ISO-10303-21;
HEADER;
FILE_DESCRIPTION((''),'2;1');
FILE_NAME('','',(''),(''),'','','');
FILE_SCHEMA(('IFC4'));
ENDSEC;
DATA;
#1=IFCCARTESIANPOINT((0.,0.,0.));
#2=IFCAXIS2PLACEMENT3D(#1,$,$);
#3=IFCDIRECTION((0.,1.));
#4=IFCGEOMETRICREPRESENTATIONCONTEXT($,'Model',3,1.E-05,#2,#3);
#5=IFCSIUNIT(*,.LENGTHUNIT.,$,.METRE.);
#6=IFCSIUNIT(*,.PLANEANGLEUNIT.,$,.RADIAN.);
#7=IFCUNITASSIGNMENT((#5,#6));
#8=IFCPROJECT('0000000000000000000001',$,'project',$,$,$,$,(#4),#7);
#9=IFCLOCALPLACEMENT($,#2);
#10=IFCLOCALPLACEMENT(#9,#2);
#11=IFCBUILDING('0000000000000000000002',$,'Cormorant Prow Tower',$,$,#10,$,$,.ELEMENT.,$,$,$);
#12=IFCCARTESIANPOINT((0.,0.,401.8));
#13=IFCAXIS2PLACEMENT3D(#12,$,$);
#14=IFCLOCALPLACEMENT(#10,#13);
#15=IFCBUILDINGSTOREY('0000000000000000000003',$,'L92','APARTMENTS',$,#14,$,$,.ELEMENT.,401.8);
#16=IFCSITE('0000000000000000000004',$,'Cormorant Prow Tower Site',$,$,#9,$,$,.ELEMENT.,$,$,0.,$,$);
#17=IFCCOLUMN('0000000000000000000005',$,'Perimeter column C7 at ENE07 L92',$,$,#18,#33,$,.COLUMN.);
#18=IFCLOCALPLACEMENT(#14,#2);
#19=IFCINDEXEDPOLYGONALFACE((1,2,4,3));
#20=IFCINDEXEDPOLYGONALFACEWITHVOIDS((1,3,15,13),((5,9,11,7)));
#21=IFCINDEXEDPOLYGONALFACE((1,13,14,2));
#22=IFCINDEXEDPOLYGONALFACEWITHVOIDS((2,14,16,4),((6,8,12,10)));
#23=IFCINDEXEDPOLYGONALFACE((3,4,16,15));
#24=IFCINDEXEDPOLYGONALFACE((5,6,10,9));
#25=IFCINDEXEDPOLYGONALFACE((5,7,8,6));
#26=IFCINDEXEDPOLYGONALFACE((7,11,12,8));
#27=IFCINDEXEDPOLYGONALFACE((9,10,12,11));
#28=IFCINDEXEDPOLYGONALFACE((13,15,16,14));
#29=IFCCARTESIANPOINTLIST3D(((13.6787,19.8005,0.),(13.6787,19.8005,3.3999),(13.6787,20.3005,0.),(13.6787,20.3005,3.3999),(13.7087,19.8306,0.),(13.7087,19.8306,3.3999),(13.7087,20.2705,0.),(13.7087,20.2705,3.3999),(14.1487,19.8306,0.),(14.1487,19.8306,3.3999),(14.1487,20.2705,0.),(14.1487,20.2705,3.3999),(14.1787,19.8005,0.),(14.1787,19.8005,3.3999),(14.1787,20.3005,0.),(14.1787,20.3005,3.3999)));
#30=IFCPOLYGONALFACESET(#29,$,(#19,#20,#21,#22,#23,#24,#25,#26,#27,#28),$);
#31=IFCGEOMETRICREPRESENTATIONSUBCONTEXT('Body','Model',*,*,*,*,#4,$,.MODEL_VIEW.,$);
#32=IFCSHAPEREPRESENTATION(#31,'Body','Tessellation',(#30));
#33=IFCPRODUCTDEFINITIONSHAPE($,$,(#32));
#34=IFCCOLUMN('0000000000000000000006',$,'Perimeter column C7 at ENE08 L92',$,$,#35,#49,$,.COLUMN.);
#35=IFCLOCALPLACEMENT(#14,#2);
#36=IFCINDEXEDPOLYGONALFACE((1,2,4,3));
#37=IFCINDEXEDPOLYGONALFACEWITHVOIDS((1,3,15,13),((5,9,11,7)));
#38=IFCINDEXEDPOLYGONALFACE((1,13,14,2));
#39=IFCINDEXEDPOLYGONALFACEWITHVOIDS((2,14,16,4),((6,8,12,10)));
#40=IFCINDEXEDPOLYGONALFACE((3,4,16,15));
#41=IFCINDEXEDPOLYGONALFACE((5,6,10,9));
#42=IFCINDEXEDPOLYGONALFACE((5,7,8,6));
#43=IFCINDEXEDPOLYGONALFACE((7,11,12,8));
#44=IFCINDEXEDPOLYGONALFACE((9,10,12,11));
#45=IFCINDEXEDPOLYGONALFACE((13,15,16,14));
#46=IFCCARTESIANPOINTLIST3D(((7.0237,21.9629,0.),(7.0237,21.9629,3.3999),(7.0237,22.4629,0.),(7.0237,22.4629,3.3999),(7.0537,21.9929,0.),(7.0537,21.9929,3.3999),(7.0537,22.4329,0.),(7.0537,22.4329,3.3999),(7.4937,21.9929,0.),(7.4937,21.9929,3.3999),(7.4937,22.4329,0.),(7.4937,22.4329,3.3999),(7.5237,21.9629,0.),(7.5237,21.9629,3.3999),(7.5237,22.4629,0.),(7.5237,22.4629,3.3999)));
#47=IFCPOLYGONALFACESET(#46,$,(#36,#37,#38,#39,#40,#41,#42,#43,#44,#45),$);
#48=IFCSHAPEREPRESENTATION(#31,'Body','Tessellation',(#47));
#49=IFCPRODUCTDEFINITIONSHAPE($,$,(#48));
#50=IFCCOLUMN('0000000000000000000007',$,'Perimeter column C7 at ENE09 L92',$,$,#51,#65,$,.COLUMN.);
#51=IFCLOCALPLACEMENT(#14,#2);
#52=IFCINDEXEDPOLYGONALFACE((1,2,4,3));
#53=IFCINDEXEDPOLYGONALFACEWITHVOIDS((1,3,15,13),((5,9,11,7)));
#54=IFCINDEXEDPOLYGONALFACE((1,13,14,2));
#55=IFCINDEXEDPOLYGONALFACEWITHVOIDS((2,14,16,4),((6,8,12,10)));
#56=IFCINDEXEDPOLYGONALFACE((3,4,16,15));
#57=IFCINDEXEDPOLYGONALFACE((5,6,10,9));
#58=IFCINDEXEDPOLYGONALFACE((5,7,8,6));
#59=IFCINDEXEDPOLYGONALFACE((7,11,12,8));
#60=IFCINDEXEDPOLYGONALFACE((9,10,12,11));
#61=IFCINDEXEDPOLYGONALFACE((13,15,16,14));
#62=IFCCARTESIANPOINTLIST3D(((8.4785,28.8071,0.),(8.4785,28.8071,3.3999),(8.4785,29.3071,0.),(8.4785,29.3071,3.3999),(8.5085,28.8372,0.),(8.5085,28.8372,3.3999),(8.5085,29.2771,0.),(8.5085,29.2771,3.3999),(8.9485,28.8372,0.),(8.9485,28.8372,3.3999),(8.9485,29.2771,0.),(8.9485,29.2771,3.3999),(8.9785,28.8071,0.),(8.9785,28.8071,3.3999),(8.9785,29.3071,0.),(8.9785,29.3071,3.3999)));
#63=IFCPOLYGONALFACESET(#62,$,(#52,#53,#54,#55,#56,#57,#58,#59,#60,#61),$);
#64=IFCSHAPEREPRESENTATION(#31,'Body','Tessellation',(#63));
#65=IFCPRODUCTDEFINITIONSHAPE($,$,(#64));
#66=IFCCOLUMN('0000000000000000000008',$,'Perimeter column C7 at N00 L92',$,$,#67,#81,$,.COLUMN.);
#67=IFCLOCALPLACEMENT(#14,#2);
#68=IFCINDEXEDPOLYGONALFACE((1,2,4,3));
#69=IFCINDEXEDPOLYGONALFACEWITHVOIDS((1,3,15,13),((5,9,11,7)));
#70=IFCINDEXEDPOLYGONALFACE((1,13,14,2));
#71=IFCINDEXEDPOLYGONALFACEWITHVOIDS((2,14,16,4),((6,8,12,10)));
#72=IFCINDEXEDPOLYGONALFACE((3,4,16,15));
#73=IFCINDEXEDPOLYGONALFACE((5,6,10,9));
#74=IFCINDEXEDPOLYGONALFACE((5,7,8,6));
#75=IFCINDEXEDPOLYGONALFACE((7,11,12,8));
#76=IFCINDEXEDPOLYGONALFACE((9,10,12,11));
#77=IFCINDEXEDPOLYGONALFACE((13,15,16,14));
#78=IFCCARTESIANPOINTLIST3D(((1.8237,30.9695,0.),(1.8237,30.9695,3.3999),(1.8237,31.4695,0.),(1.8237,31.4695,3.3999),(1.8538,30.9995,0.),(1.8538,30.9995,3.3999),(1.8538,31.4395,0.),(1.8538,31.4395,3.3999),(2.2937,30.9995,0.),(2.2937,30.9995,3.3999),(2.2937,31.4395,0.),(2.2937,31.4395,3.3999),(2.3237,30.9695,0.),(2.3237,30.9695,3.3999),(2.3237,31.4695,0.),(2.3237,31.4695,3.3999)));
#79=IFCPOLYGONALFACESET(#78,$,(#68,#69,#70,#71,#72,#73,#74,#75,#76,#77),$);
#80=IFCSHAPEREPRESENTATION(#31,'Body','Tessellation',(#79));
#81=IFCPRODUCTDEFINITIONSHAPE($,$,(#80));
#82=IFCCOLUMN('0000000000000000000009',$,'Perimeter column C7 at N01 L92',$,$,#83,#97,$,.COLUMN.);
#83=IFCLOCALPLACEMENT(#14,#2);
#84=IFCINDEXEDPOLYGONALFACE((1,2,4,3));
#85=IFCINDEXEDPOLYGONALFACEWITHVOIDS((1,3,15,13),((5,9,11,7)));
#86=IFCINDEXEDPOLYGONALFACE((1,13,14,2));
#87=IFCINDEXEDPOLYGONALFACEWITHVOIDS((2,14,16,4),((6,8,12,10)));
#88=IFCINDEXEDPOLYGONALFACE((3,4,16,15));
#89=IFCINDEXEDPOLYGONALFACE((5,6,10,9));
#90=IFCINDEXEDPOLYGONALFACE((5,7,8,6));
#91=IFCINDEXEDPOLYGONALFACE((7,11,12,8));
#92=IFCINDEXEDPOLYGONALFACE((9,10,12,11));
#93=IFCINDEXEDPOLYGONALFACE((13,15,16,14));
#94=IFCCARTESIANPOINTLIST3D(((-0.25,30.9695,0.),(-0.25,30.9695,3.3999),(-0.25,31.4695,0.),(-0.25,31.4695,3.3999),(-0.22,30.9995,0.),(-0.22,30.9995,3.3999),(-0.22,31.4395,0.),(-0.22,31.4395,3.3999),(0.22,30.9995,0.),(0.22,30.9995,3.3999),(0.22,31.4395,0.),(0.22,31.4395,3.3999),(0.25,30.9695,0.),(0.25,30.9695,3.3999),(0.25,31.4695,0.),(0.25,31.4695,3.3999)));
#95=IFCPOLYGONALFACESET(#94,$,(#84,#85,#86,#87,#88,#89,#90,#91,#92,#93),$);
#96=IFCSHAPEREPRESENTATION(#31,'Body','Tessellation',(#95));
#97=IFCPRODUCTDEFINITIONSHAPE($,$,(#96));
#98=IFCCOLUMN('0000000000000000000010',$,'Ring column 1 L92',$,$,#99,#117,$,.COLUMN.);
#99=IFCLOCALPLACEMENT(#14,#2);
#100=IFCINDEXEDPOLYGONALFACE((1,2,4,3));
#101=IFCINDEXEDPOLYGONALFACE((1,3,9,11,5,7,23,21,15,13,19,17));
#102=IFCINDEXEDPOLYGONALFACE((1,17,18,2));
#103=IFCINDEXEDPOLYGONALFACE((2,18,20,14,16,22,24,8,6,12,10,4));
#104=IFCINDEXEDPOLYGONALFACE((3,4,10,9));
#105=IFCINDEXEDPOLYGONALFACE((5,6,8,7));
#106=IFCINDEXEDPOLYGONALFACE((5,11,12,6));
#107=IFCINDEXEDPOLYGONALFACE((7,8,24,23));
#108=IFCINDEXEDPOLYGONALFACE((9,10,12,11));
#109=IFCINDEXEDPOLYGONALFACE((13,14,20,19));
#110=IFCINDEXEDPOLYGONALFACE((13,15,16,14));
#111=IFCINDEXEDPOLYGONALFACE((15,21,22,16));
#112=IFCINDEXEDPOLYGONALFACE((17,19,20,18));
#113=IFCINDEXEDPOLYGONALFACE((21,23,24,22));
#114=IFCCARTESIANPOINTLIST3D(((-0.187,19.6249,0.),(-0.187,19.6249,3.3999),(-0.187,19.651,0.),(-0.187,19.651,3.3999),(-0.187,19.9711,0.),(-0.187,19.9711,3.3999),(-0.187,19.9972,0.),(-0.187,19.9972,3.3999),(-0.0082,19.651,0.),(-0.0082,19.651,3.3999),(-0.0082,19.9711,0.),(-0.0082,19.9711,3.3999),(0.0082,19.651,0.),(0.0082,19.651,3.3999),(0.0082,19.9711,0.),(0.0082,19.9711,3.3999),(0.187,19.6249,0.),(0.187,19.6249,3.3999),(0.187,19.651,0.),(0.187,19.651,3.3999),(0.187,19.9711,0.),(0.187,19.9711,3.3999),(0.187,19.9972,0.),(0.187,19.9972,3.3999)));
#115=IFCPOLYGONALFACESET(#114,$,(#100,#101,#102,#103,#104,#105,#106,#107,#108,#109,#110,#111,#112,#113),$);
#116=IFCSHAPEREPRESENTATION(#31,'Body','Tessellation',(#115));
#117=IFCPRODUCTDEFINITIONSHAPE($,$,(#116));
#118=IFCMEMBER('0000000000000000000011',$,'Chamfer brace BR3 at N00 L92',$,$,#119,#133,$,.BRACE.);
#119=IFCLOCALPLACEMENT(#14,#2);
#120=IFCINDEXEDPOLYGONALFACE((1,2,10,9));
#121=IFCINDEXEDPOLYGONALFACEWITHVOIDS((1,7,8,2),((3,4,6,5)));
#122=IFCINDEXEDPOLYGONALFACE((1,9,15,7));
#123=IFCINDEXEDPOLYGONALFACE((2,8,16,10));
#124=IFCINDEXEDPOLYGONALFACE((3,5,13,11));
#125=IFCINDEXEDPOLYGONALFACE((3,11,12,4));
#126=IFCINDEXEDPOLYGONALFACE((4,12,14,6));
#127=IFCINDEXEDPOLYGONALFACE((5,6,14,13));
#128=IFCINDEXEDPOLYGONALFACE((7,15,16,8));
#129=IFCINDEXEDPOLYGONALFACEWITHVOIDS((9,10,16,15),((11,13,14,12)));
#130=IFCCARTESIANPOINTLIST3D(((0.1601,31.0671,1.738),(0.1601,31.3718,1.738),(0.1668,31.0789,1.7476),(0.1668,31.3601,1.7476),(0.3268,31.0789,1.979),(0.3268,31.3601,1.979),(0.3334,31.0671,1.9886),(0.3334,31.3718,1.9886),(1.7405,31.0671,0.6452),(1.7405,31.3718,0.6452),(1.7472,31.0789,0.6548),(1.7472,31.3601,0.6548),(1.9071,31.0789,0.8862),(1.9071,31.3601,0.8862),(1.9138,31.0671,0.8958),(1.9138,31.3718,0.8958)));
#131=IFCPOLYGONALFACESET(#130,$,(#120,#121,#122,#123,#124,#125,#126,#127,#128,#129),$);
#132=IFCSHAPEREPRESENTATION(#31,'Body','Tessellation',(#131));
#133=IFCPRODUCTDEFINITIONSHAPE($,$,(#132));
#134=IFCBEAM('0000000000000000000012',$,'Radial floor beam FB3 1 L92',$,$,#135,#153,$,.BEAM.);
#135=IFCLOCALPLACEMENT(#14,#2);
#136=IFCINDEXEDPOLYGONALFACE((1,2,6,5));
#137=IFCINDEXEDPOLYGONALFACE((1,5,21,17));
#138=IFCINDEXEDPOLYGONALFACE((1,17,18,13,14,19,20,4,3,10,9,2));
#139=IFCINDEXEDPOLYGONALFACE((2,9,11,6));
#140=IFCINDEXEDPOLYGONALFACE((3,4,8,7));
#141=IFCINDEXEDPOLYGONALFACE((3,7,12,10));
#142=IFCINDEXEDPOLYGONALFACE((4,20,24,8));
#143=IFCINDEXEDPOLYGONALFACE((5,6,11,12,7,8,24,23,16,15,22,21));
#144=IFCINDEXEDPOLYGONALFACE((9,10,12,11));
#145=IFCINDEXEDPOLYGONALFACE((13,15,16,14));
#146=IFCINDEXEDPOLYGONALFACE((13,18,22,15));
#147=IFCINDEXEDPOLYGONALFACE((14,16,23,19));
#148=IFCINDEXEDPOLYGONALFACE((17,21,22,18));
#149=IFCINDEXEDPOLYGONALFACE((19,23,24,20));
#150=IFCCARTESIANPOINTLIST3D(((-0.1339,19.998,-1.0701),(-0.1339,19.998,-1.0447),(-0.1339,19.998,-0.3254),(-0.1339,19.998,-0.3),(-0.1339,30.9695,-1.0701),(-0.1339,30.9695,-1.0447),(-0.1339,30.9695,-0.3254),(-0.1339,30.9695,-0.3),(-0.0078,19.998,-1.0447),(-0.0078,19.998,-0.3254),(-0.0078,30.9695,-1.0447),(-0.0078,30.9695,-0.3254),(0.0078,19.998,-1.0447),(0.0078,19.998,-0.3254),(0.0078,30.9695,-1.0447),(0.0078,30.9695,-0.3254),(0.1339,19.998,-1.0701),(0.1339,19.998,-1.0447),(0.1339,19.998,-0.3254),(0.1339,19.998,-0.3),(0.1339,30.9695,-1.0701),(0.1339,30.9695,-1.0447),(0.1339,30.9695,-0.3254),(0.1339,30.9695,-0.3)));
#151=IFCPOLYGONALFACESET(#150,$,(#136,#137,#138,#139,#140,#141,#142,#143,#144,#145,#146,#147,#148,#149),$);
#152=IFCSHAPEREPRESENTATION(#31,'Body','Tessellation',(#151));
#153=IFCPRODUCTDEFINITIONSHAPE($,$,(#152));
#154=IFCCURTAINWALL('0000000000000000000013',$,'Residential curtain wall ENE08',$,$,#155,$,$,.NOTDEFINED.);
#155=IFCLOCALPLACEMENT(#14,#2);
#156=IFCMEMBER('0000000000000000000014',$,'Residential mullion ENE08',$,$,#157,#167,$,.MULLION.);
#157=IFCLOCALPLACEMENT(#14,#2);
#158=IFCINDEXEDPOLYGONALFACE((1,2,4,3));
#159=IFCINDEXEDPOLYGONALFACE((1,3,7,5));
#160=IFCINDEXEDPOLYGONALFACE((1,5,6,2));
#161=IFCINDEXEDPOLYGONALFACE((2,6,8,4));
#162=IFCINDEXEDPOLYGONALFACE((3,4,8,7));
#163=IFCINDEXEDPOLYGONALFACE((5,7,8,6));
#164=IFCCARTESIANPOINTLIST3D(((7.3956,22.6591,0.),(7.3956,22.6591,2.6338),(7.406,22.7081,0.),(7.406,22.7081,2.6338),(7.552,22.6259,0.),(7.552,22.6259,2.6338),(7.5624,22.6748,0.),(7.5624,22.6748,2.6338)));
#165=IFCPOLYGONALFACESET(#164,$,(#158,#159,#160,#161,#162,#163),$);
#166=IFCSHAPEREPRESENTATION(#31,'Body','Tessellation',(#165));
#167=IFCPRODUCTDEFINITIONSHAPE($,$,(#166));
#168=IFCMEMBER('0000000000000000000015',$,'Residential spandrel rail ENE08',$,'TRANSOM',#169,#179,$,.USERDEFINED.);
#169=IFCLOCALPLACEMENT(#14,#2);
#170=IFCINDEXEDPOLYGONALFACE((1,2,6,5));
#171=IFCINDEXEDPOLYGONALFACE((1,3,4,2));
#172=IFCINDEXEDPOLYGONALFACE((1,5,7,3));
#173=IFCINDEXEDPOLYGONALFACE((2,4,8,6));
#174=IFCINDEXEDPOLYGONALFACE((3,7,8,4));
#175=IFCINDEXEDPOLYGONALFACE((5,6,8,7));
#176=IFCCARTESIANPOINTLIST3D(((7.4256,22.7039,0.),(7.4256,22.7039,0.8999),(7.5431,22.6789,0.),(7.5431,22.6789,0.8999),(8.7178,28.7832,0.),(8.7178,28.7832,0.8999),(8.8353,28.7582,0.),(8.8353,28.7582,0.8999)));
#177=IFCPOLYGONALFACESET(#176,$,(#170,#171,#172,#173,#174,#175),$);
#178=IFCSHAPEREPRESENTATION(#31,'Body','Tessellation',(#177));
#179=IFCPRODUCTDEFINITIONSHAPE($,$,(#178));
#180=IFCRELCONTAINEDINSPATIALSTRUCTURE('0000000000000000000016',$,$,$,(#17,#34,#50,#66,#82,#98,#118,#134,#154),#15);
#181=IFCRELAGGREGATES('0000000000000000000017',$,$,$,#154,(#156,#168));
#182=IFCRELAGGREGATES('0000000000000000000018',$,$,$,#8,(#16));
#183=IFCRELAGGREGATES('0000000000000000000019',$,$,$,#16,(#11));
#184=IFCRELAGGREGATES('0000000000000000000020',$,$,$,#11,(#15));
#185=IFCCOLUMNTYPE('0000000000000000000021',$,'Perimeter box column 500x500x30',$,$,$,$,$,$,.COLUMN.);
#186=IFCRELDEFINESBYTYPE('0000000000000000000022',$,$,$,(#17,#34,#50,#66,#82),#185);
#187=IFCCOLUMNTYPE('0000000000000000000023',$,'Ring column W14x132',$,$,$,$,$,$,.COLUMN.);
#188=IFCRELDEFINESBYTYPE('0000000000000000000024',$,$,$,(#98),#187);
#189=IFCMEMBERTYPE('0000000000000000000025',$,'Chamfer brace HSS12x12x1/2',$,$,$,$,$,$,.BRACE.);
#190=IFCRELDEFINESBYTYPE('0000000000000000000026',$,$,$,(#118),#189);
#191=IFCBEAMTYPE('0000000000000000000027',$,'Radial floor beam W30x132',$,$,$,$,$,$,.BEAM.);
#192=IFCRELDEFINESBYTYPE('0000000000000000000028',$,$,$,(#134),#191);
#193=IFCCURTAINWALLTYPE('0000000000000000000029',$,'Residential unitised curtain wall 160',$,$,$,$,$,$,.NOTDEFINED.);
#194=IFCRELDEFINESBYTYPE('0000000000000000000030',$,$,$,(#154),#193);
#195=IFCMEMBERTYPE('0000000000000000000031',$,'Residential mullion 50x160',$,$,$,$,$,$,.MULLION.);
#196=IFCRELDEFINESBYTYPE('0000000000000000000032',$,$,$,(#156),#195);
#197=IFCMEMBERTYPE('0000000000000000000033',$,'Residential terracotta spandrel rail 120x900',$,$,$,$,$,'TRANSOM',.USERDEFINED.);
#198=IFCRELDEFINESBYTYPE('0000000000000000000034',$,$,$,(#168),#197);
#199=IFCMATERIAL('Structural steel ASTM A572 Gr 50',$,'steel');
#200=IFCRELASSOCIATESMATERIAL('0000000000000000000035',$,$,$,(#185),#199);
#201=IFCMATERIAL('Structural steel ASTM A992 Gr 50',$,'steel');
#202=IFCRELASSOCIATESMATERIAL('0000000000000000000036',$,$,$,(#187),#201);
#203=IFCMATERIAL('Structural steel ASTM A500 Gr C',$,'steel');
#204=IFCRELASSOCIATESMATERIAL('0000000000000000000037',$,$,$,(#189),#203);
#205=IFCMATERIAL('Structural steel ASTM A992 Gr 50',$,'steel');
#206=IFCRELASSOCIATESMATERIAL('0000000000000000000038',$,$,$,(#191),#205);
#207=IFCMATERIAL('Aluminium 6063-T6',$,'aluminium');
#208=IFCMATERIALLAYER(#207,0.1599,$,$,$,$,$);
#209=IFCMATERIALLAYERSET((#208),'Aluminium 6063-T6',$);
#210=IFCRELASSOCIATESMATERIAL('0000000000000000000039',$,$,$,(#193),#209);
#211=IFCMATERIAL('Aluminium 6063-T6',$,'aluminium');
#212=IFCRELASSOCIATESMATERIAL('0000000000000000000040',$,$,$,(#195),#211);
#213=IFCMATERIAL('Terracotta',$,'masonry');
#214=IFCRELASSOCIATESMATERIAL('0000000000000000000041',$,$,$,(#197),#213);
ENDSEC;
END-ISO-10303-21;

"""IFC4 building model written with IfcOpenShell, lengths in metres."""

from ifc_helpers import new_model, si_unit, direction, frame, origin, origin_2d, place, context, subcontext, project, spatial, rectangle, hollow_rectangle, i_section, extrude, material, layer, layer_set, material_profile, profile_set, type_object, element, aggregate, save


model = new_model("IFC4")

# Units and contexts
model_context = context("Model", 3, precision=1e-05, world=origin(), true_north=direction((0.0, 1.0)))
body_context = subcontext(model_context, "Body", "Model", "MODEL_VIEW")
ifc_project = project(units=[si_unit("LENGTHUNIT", "METRE"), si_unit("PLANEANGLEUNIT", "RADIAN")], contexts=[model_context])

# Site, building, storey
site_placement = place(None, origin())
site = spatial("IfcSite", under=ifc_project, at=site_placement, Name="Cormorant Prow Tower Site", CompositionType="ELEMENT", RefElevation=0.0)
building_placement = place(site_placement, origin())
building = spatial("IfcBuilding", under=site, at=building_placement, Name="Cormorant Prow Tower", CompositionType="ELEMENT")
storey_placement = place(building_placement, frame((0.0, 0.0, 401.8)))
storey = spatial("IfcBuildingStorey", under=building, at=storey_placement, Name="L92", Description="APARTMENTS", CompositionType="ELEMENT", Elevation=401.8)

# Columns
ifc_material_1 = material(Name="Structural steel ASTM A572 Gr 50", Category="steel")
ifc_material_profile_1 = material_profile(ifc_material_1, hollow_rectangle(XDim=0.5, YDim=0.5, WallThickness=0.03, at=origin_2d()), Name="Box 500x500x30")
ifc_profile_set_1 = profile_set([ifc_material_profile_1], Name="Structural steel ASTM A572 Gr 50")
column_type_1 = type_object("IfcColumnType", Name="Perimeter box column 500x500x30", PredefinedType="COLUMN", material=ifc_profile_set_1)
for number, where, z_axis, x_axis, name in (
    (1, (13.9287, 20.0505, 0.0), (0.0, 0.0, 1.0), (1.0, 0.0, 0.0), "Perimeter column C7 at ENE07 L92"),
    (2, (7.2737, 22.2129, 0.0), (0.0, 0.0, 1.0), (1.0, 0.0, 0.0), "Perimeter column C7 at ENE08 L92"),
    (3, (8.7285, 29.0571, 0.0), (0.0, 0.0, 1.0), (1.0, 0.0, 0.0), "Perimeter column C7 at ENE09 L92"),
    (4, (2.0737, 31.2195, 0.0), (0.0, 0.0, 1.0), (1.0, 0.0, 0.0), "Perimeter column C7 at N00 L92"),
    (5, (0.0, 31.2195, 0.0), (0.0, 0.0, 1.0), (1.0, 0.0, 0.0), "Perimeter column C7 at N01 L92"),
):
    element("IfcColumn", number, at=place(storey_placement, frame(where, z_axis=z_axis, x_axis=x_axis)), inside=storey, type_object=column_type_1, Name=name, PredefinedType="COLUMN", context=body_context, shape_type="SweptSolid", body=[
        extrude(hollow_rectangle(XDim=0.5, YDim=0.5, WallThickness=0.03, at=origin_2d()), origin(), (0.0, 0.0, 1.0), 3.3999),
    ])
ifc_material_2 = material(Name="Structural steel ASTM A992 Gr 50", Category="steel")
ifc_material_profile_2 = material_profile(ifc_material_2, i_section(OverallWidth=0.374, OverallDepth=0.3723, WebThickness=0.0164, FlangeThickness=0.0261, at=origin_2d()), Name="W14x132")
ifc_profile_set_2 = profile_set([ifc_material_profile_2], Name="Structural steel ASTM A992 Gr 50")
column_type_2 = type_object("IfcColumnType", Name="Ring column W14x132", PredefinedType="COLUMN", material=ifc_profile_set_2)
column_placement = place(storey_placement, frame((0.0, 19.811, 0.0), z_axis=(0.0, 0.0, 1.0), x_axis=(1.0, 0.0, 0.0)))
element("IfcColumn", 6, at=column_placement, inside=storey, type_object=column_type_2, Name="Ring column 1 L92", PredefinedType="COLUMN", context=body_context, shape_type="SweptSolid", body=[
    extrude(i_section(OverallWidth=0.374, OverallDepth=0.3723, WebThickness=0.0164, FlangeThickness=0.0261, at=origin_2d()), origin(), (0.0, 0.0, 1.0), 3.3999),
])

# Member
ifc_material_3 = material(Name="Structural steel ASTM A500 Gr C", Category="steel")
ifc_material_profile_3 = material_profile(ifc_material_3, hollow_rectangle(XDim=0.3047, YDim=0.3047, WallThickness=0.0117, at=origin_2d()), Name="HSS12x12x1/2")
ifc_profile_set_3 = profile_set([ifc_material_profile_3], Name="Structural steel ASTM A500 Gr C")
member_type_1 = type_object("IfcMemberType", Name="Chamfer brace HSS12x12x1/2", PredefinedType="BRACE", material=ifc_profile_set_3)
member_1_placement = place(storey_placement, frame((1.8271, 31.2195, 0.7705), z_axis=(-0.822508, 0.0, 0.568754), x_axis=(0.0, -1.0, 0.0)))
element("IfcMember", 7, at=member_1_placement, inside=storey, type_object=member_type_1, Name="Chamfer brace BR3 at N00 L92", PredefinedType="BRACE", context=body_context, shape_type="SweptSolid", body=[
    extrude(hollow_rectangle(XDim=0.3047, YDim=0.3047, WallThickness=0.0117, at=origin_2d()), origin(), (0.0, 0.0, 1.0), 1.9214),
])

# Beam
ifc_material_4 = material(Name="Structural steel ASTM A992 Gr 50", Category="steel")
ifc_material_profile_4 = material_profile(ifc_material_4, i_section(OverallWidth=0.2678, OverallDepth=0.77, WebThickness=0.0156, FlangeThickness=0.0254, at=origin_2d()), Name="W30x132")
ifc_profile_set_4 = profile_set([ifc_material_profile_4], Name="Structural steel ASTM A992 Gr 50")
beam_type_1 = type_object("IfcBeamType", Name="Radial floor beam W30x132", PredefinedType="BEAM", material=ifc_profile_set_4)
beam_1_placement = place(storey_placement, frame((0.0, 19.998, -0.6851), z_axis=(0.0, 1.0, 0.0), x_axis=(-1.0, 0.0, 0.0)))
element("IfcBeam", 8, at=beam_1_placement, inside=storey, type_object=beam_type_1, Name="Radial floor beam FB3 1 L92", PredefinedType="BEAM", context=body_context, shape_type="SweptSolid", body=[
    extrude(i_section(OverallWidth=0.2678, OverallDepth=0.77, WebThickness=0.0156, FlangeThickness=0.0254, at=origin_2d()), origin(), (0.0, 0.0, 1.0), 10.9714),
])

# Curtain wall, members
ifc_material_5 = material(Name="Aluminium 6063-T6", Category="aluminium")
ifc_layer_1 = layer(ifc_material_5, 0.1599)
ifc_layer_set_1 = layer_set([ifc_layer_1], Name="Aluminium 6063-T6")
curtain_wall_type = type_object("IfcCurtainWallType", Name="Residential unitised curtain wall 160", PredefinedType="NOTDEFINED", material=ifc_layer_set_1)
curtain_wall_placement = place(storey_placement, origin())
curtain_wall = element("IfcCurtainWall", 9, at=curtain_wall_placement, inside=storey, type_object=curtain_wall_type, Name="Residential curtain wall ENE08", PredefinedType="NOTDEFINED")
ifc_material_6 = material(Name="Aluminium 6063-T6", Category="aluminium")
ifc_material_profile_5 = material_profile(ifc_material_6, rectangle(XDim=0.1599, YDim=0.05, at=origin_2d()), Name="Residential mullion 50x160")
ifc_profile_set_5 = profile_set([ifc_material_profile_5], Name="Aluminium 6063-T6")
member_type_2 = type_object("IfcMemberType", Name="Residential mullion 50x160", PredefinedType="MULLION", material=ifc_profile_set_5)
member_2_placement = place(storey_placement, frame((7.479, 22.667, 0.0), z_axis=(0.0, 0.0, 1.0), x_axis=(-0.978148, 0.207912, 0.0)))
member_2 = element("IfcMember", 10, at=member_2_placement, type_object=member_type_2, Name="Residential mullion ENE08", PredefinedType="MULLION", context=body_context, shape_type="SweptSolid", body=[
    extrude(rectangle(XDim=0.1599, YDim=0.05, at=origin_2d()), origin(), (0.0, 0.0, 1.0), 2.6338),
])
ifc_material_7 = material(Name="Terracotta", Category="masonry")
ifc_material_profile_6 = material_profile(ifc_material_7, rectangle(XDim=0.1201, YDim=0.8999, at=origin_2d()), Name="Residential terracotta spandrel rail 120x900")
ifc_profile_set_6 = profile_set([ifc_material_profile_6], Name="Terracotta")
member_type_3 = type_object("IfcMemberType", Name="Residential terracotta spandrel rail 120x900", ElementType="TRANSOM", PredefinedType="USERDEFINED", material=ifc_profile_set_6)
member_3_placement = place(storey_placement, frame((7.4844, 22.6914, 0.45), z_axis=(0.207917, 0.978147, 0.0), x_axis=(-0.978147, 0.207917, 0.0)))
member_3 = element("IfcMember", 11, at=member_3_placement, type_object=member_type_3, Name="Residential spandrel rail ENE08", ObjectType="TRANSOM", PredefinedType="USERDEFINED", context=body_context, shape_type="SweptSolid", body=[
    extrude(rectangle(XDim=0.1201, YDim=0.8999, at=origin_2d()), origin(), (0.0, 0.0, 1.0), 6.2151),
])

aggregate(curtain_wall, [member_2, member_3])

save(model, "model.ifc")
